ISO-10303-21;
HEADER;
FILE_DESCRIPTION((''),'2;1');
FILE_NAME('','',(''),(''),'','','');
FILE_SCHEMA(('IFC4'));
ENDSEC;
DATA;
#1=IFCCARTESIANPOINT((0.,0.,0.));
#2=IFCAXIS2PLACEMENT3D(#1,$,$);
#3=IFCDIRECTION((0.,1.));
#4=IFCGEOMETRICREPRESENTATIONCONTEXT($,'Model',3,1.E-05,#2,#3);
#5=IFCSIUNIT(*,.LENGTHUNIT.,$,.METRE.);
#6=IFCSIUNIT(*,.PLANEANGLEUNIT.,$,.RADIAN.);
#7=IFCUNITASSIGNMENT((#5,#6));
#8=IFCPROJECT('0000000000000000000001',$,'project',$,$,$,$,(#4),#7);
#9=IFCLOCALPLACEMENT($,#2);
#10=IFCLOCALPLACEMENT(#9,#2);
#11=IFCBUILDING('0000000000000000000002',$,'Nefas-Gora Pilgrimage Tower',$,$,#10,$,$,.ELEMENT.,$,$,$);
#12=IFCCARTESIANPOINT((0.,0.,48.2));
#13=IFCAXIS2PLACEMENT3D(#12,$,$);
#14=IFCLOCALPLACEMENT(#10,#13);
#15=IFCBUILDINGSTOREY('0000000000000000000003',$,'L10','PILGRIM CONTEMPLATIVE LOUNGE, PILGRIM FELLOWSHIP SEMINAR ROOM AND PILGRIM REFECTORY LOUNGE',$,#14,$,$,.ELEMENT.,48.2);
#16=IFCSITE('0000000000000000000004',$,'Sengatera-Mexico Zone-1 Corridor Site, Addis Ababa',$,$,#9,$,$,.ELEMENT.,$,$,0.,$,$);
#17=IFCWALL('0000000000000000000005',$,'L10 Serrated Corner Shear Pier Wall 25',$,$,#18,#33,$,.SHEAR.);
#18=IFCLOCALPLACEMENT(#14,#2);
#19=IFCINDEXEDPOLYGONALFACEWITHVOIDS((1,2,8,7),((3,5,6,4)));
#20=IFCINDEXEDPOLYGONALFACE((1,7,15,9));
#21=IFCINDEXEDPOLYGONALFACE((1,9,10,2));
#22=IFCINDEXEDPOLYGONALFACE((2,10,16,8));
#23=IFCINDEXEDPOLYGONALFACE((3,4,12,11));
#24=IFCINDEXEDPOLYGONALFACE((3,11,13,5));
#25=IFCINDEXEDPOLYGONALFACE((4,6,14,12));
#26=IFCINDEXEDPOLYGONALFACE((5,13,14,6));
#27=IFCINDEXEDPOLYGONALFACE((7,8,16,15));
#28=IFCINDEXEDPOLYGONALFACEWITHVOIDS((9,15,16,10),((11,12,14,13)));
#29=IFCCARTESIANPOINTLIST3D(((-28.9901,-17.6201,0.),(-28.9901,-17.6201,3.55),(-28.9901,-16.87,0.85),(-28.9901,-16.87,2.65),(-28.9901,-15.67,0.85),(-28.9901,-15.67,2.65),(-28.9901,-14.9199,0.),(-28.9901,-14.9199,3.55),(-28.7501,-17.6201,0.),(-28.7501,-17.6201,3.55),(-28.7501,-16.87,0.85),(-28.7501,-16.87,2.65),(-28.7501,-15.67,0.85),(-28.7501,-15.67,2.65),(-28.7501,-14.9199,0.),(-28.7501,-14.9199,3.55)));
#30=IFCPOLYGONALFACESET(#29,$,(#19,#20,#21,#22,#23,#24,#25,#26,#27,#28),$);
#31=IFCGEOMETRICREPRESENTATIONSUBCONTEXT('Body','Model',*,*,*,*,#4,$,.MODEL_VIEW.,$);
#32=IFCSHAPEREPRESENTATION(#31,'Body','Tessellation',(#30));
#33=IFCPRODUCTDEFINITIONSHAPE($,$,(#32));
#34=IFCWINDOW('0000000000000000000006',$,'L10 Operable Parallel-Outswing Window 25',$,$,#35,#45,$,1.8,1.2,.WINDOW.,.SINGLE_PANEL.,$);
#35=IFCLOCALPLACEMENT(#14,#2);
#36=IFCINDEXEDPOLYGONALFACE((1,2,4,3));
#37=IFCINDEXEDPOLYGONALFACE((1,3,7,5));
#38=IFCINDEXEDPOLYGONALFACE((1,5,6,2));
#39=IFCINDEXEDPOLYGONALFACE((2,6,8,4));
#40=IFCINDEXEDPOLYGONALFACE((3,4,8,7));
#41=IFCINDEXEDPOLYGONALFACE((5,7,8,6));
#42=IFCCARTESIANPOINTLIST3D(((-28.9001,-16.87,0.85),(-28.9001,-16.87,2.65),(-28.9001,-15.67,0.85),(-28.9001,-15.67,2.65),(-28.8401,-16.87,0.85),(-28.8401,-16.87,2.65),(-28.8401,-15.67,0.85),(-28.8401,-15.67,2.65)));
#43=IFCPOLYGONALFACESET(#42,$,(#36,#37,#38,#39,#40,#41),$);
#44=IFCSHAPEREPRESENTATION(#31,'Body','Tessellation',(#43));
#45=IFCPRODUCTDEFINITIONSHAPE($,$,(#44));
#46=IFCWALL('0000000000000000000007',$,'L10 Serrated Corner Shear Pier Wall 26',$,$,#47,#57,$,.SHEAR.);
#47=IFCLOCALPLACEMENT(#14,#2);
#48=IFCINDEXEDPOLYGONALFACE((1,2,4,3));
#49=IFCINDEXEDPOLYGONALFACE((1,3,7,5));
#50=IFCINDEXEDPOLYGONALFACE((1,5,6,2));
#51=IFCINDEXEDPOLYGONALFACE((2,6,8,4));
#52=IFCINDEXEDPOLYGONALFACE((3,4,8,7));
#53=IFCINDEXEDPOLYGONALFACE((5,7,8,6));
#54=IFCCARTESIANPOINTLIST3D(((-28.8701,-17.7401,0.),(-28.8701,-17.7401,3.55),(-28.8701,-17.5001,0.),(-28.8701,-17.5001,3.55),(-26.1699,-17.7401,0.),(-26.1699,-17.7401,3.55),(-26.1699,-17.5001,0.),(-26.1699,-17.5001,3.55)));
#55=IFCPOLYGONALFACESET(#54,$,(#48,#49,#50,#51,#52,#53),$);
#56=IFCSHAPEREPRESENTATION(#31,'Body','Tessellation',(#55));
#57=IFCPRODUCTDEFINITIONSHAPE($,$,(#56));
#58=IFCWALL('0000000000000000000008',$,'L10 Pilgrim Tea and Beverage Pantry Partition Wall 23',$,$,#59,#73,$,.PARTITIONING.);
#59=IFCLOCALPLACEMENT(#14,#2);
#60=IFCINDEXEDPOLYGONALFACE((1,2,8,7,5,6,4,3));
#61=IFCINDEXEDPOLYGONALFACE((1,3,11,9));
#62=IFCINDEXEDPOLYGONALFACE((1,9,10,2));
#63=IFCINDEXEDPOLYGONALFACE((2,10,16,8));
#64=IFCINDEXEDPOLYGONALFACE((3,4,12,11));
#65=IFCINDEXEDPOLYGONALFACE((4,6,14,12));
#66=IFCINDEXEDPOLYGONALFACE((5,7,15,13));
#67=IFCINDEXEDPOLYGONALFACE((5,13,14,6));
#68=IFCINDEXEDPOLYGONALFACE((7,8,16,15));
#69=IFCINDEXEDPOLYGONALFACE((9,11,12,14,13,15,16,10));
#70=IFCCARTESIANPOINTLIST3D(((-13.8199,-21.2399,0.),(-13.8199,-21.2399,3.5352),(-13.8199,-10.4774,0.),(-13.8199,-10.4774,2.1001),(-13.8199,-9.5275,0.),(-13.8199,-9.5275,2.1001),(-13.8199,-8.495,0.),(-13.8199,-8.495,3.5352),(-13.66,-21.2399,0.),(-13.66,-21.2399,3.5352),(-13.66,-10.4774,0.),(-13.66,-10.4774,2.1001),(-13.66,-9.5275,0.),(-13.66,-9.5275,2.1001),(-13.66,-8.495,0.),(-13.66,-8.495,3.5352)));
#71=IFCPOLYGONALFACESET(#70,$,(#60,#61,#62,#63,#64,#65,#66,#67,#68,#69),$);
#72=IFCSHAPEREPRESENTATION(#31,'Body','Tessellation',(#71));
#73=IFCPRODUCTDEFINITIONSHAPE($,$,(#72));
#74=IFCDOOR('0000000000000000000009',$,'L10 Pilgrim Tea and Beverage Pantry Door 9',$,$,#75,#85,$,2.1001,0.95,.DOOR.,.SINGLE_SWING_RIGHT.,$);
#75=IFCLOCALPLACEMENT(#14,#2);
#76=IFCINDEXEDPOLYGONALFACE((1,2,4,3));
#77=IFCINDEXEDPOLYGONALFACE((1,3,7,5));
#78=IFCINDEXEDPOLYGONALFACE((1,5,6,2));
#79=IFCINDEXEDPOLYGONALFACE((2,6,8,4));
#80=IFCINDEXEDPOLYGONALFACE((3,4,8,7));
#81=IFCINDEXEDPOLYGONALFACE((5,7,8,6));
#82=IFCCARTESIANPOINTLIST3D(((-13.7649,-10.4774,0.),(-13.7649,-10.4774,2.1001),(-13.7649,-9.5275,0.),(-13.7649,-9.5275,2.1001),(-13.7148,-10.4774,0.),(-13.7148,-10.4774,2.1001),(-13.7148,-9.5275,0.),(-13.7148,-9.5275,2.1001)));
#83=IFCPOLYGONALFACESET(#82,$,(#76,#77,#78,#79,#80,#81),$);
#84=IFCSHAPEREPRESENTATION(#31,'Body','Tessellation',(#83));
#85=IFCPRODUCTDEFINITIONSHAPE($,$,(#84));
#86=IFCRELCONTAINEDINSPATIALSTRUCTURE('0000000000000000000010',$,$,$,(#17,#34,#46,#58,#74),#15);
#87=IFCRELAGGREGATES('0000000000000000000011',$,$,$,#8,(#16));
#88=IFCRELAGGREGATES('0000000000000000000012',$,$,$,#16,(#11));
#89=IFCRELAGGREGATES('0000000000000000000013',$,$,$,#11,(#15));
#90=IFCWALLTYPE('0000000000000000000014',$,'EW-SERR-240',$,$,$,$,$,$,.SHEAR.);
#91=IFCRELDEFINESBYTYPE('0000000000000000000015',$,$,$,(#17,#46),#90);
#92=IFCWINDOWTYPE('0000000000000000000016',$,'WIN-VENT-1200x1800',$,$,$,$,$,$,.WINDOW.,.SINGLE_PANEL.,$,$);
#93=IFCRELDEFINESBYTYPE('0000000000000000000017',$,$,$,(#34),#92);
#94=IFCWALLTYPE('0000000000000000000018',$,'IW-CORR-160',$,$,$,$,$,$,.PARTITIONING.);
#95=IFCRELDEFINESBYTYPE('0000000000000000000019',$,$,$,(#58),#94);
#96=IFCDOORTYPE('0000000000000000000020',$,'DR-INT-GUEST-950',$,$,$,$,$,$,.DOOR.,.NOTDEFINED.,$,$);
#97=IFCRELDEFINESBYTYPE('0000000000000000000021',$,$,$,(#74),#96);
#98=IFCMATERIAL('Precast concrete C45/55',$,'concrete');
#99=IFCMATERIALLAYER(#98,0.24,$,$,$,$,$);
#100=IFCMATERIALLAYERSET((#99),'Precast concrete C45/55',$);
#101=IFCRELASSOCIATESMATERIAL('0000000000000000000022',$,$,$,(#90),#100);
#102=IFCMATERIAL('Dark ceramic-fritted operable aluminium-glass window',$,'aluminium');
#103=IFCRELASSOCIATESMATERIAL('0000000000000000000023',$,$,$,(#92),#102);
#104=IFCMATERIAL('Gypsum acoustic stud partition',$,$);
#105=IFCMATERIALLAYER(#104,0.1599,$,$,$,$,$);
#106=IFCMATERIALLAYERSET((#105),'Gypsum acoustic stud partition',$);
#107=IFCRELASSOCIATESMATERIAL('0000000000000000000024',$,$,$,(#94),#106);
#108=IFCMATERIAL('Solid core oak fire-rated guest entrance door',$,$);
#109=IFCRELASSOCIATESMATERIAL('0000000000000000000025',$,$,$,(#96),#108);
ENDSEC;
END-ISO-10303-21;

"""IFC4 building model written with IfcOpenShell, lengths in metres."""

from ifc_helpers import new_model, si_unit, direction, frame, frame_2d, origin, place, context, subcontext, project, spatial, rectangle, extrude, source, transform, mapped, material, layer, layer_set, type_object, element, fill, save


model = new_model("IFC4")

# Units and contexts
model_context = context("Model", 3, precision=1e-05, world=origin(), true_north=direction((0.0, 1.0)))
body_context = subcontext(model_context, "Body", "Model", "MODEL_VIEW")
ifc_project = project(units=[si_unit("LENGTHUNIT", "METRE"), si_unit("PLANEANGLEUNIT", "RADIAN")], contexts=[model_context])

# Site, building, storey
site_placement = place(None, origin())
site = spatial("IfcSite", under=ifc_project, at=site_placement, Name="Sengatera-Mexico Zone-1 Corridor Site, Addis Ababa", CompositionType="ELEMENT", RefElevation=0.0)
building_placement = place(site_placement, origin())
building = spatial("IfcBuilding", under=site, at=building_placement, Name="Nefas-Gora Pilgrimage Tower", CompositionType="ELEMENT")
storey_placement = place(building_placement, frame((0.0, 0.0, 48.2)))
storey = spatial("IfcBuildingStorey", under=building, at=storey_placement, Name="L10", Description="PILGRIM CONTEMPLATIVE LOUNGE, PILGRIM FELLOWSHIP SEMINAR ROOM AND PILGRIM REFECTORY LOUNGE", CompositionType="ELEMENT", Elevation=48.2)

# Wall, opening, window
ifc_material_1 = material(Name="Precast concrete C45/55", Category="concrete")
ifc_layer_1 = layer(ifc_material_1, 0.24)
ifc_layer_set_1 = layer_set([ifc_layer_1], Name="Precast concrete C45/55")
wall_type_1 = type_object("IfcWallType", Name="EW-SERR-240", PredefinedType="SHEAR", material=ifc_layer_set_1)
shared_shape_1 = source(origin(), body_context, "Body", "SweptSolid", [
    extrude(rectangle(XDim=2.7002, YDim=0.24, at=frame_2d((1.3501, 0.0))), origin(), (0.0, 0.0, 1.0), 3.55),
])
wall_1_placement = place(storey_placement, frame((-28.8701, -14.9199, 0.0), z_axis=(0.0, 0.0, 1.0), x_axis=(0.0, -1.0, 0.0)))
wall_1 = element("IfcWall", 1, at=wall_1_placement, inside=storey, type_object=wall_type_1, Name="L10 Serrated Corner Shear Pier Wall 25", PredefinedType="SHEAR", context=body_context, shape_type="MappedRepresentation", body=[
    mapped(shared_shape_1, transform((0.0, 0.0, 0.0), x_axis=(1.0, 0.0, 0.0), y_axis=(0.0, 1.0, 0.0), z_axis=(0.0, 0.0, 1.0), scale=1.0)),
])
opening_1_placement = place(wall_1_placement, frame((0.75, 0.0, 0.8501)))
opening_1 = element("IfcOpeningElement", 2, at=opening_1_placement, cuts=wall_1, PredefinedType="OPENING", context=body_context, shape_type="SweptSolid", body=[
    extrude(rectangle(XDim=1.2, YDim=1.8, at=frame_2d((0.6001, 0.8999))), frame((0.0, 0.1299, 0.0), z_axis=(0.0, -1.0, 0.0), x_axis=(1.0, 0.0, 0.0)), (0.0, 0.0, 1.0), 0.26),
])
ifc_material_2 = material(Name="Dark ceramic-fritted operable aluminium-glass window", Category="aluminium")
window_type = type_object("IfcWindowType", Name="WIN-VENT-1200x1800", PartitioningType="SINGLE_PANEL", PredefinedType="WINDOW", material=ifc_material_2)
shared_shape_2 = source(origin(), body_context, "Body", "SweptSolid", [
    extrude(rectangle(XDim=1.2, YDim=1.8, at=frame_2d((0.6001, 0.8999))), frame((0.0, 0.03, 0.0), z_axis=(0.0, -1.0, 0.0), x_axis=(1.0, 0.0, 0.0)), (0.0, 0.0, 1.0), 0.0601),
])
window_placement = place(opening_1_placement, origin())
window = element("IfcWindow", 3, at=window_placement, inside=storey, type_object=window_type, Name="L10 Operable Parallel-Outswing Window 25", OverallHeight=1.8, OverallWidth=1.2, PartitioningType="SINGLE_PANEL", PredefinedType="WINDOW", context=body_context, shape_type="MappedRepresentation", body=[
    mapped(shared_shape_2, transform((0.0, 0.0, 0.0), x_axis=(1.0, 0.0, 0.0), y_axis=(0.0, 1.0, 0.0), z_axis=(0.0, 0.0, 1.0), scale=1.0)),
])
fill(opening_1, window)

# Wall
wall_2_placement = place(storey_placement, frame((-28.8701, -17.6201, 0.0), z_axis=(0.0, 0.0, 1.0), x_axis=(1.0, 0.0, 0.0)))
element("IfcWall", 4, at=wall_2_placement, inside=storey, type_object=wall_type_1, Name="L10 Serrated Corner Shear Pier Wall 26", PredefinedType="SHEAR", context=body_context, shape_type="MappedRepresentation", body=[
    mapped(shared_shape_1, transform((0.0, 0.0, 0.0), x_axis=(1.0, 0.0, 0.0), y_axis=(0.0, 1.0, 0.0), z_axis=(0.0, 0.0, 1.0), scale=1.0)),
])

# Wall, opening, door
ifc_material_3 = material(Name="Gypsum acoustic stud partition")
ifc_layer_2 = layer(ifc_material_3, 0.1599)
ifc_layer_set_2 = layer_set([ifc_layer_2], Name="Gypsum acoustic stud partition")
wall_type_2 = type_object("IfcWallType", Name="IW-CORR-160", PredefinedType="PARTITIONING", material=ifc_layer_set_2)
shared_shape_3 = source(origin(), body_context, "Body", "SweptSolid", [
    extrude(rectangle(XDim=12.7449, YDim=0.1599, at=frame_2d((6.3726, 0.0))), origin(), (0.0, 0.0, 1.0), 3.5352),
])
wall_3_placement = place(storey_placement, frame((-13.74, -21.24, 0.0), z_axis=(0.0, 0.0, 1.0), x_axis=(0.0, 1.0, 0.0)))
wall_3 = element("IfcWall", 5, at=wall_3_placement, inside=storey, type_object=wall_type_2, Name="L10 Pilgrim Tea and Beverage Pantry Partition Wall 23", PredefinedType="PARTITIONING", context=body_context, shape_type="MappedRepresentation", body=[
    mapped(shared_shape_3, transform((0.0, 0.0, 0.0), x_axis=(1.0, 0.0, 0.0), y_axis=(0.0, 1.0, 0.0), z_axis=(0.0, 0.0, 1.0), scale=1.0)),
])
opening_2_placement = place(wall_3_placement, frame((10.7625, 0.0, 0.0)))
opening_2 = element("IfcOpeningElement", 6, at=opening_2_placement, cuts=wall_3, PredefinedType="OPENING", context=body_context, shape_type="SweptSolid", body=[
    extrude(rectangle(XDim=0.95, YDim=2.1001, at=frame_2d((0.4751, 1.05))), frame((0.0, 0.0898, 0.0), z_axis=(0.0, -1.0, 0.0), x_axis=(1.0, 0.0, 0.0)), (0.0, 0.0, 1.0), 0.1799),
])
ifc_material_4 = material(Name="Solid core oak fire-rated guest entrance door")
door_type_1 = type_object("IfcDoorType", Name="DR-INT-GUEST-950", OperationType="NOTDEFINED", PredefinedType="DOOR", material=ifc_material_4)
shared_shape_4 = source(origin(), body_context, "Body", "SweptSolid", [
    extrude(rectangle(XDim=0.95, YDim=2.1001, at=frame_2d((0.4751, 1.05))), frame((0.0, 0.0249, 0.0), z_axis=(0.0, -1.0, 0.0), x_axis=(1.0, 0.0, 0.0)), (0.0, 0.0, 1.0), 0.05),
])
door_1_placement = place(opening_2_placement, origin())
door_1 = element("IfcDoor", 7, at=door_1_placement, inside=storey, type_object=door_type_1, Name="L10 Pilgrim Tea and Beverage Pantry Door 9", OperationType="SINGLE_SWING_RIGHT", OverallHeight=2.1001, OverallWidth=0.95, PredefinedType="DOOR", context=body_context, shape_type="MappedRepresentation", body=[
    mapped(shared_shape_4, transform((0.0, 0.0, 0.0), x_axis=(1.0, 0.0, 0.0), y_axis=(0.0, 1.0, 0.0), z_axis=(0.0, 0.0, 1.0), scale=1.0)),
])
fill(opening_2, door_1)

save(model, "model.ifc")
